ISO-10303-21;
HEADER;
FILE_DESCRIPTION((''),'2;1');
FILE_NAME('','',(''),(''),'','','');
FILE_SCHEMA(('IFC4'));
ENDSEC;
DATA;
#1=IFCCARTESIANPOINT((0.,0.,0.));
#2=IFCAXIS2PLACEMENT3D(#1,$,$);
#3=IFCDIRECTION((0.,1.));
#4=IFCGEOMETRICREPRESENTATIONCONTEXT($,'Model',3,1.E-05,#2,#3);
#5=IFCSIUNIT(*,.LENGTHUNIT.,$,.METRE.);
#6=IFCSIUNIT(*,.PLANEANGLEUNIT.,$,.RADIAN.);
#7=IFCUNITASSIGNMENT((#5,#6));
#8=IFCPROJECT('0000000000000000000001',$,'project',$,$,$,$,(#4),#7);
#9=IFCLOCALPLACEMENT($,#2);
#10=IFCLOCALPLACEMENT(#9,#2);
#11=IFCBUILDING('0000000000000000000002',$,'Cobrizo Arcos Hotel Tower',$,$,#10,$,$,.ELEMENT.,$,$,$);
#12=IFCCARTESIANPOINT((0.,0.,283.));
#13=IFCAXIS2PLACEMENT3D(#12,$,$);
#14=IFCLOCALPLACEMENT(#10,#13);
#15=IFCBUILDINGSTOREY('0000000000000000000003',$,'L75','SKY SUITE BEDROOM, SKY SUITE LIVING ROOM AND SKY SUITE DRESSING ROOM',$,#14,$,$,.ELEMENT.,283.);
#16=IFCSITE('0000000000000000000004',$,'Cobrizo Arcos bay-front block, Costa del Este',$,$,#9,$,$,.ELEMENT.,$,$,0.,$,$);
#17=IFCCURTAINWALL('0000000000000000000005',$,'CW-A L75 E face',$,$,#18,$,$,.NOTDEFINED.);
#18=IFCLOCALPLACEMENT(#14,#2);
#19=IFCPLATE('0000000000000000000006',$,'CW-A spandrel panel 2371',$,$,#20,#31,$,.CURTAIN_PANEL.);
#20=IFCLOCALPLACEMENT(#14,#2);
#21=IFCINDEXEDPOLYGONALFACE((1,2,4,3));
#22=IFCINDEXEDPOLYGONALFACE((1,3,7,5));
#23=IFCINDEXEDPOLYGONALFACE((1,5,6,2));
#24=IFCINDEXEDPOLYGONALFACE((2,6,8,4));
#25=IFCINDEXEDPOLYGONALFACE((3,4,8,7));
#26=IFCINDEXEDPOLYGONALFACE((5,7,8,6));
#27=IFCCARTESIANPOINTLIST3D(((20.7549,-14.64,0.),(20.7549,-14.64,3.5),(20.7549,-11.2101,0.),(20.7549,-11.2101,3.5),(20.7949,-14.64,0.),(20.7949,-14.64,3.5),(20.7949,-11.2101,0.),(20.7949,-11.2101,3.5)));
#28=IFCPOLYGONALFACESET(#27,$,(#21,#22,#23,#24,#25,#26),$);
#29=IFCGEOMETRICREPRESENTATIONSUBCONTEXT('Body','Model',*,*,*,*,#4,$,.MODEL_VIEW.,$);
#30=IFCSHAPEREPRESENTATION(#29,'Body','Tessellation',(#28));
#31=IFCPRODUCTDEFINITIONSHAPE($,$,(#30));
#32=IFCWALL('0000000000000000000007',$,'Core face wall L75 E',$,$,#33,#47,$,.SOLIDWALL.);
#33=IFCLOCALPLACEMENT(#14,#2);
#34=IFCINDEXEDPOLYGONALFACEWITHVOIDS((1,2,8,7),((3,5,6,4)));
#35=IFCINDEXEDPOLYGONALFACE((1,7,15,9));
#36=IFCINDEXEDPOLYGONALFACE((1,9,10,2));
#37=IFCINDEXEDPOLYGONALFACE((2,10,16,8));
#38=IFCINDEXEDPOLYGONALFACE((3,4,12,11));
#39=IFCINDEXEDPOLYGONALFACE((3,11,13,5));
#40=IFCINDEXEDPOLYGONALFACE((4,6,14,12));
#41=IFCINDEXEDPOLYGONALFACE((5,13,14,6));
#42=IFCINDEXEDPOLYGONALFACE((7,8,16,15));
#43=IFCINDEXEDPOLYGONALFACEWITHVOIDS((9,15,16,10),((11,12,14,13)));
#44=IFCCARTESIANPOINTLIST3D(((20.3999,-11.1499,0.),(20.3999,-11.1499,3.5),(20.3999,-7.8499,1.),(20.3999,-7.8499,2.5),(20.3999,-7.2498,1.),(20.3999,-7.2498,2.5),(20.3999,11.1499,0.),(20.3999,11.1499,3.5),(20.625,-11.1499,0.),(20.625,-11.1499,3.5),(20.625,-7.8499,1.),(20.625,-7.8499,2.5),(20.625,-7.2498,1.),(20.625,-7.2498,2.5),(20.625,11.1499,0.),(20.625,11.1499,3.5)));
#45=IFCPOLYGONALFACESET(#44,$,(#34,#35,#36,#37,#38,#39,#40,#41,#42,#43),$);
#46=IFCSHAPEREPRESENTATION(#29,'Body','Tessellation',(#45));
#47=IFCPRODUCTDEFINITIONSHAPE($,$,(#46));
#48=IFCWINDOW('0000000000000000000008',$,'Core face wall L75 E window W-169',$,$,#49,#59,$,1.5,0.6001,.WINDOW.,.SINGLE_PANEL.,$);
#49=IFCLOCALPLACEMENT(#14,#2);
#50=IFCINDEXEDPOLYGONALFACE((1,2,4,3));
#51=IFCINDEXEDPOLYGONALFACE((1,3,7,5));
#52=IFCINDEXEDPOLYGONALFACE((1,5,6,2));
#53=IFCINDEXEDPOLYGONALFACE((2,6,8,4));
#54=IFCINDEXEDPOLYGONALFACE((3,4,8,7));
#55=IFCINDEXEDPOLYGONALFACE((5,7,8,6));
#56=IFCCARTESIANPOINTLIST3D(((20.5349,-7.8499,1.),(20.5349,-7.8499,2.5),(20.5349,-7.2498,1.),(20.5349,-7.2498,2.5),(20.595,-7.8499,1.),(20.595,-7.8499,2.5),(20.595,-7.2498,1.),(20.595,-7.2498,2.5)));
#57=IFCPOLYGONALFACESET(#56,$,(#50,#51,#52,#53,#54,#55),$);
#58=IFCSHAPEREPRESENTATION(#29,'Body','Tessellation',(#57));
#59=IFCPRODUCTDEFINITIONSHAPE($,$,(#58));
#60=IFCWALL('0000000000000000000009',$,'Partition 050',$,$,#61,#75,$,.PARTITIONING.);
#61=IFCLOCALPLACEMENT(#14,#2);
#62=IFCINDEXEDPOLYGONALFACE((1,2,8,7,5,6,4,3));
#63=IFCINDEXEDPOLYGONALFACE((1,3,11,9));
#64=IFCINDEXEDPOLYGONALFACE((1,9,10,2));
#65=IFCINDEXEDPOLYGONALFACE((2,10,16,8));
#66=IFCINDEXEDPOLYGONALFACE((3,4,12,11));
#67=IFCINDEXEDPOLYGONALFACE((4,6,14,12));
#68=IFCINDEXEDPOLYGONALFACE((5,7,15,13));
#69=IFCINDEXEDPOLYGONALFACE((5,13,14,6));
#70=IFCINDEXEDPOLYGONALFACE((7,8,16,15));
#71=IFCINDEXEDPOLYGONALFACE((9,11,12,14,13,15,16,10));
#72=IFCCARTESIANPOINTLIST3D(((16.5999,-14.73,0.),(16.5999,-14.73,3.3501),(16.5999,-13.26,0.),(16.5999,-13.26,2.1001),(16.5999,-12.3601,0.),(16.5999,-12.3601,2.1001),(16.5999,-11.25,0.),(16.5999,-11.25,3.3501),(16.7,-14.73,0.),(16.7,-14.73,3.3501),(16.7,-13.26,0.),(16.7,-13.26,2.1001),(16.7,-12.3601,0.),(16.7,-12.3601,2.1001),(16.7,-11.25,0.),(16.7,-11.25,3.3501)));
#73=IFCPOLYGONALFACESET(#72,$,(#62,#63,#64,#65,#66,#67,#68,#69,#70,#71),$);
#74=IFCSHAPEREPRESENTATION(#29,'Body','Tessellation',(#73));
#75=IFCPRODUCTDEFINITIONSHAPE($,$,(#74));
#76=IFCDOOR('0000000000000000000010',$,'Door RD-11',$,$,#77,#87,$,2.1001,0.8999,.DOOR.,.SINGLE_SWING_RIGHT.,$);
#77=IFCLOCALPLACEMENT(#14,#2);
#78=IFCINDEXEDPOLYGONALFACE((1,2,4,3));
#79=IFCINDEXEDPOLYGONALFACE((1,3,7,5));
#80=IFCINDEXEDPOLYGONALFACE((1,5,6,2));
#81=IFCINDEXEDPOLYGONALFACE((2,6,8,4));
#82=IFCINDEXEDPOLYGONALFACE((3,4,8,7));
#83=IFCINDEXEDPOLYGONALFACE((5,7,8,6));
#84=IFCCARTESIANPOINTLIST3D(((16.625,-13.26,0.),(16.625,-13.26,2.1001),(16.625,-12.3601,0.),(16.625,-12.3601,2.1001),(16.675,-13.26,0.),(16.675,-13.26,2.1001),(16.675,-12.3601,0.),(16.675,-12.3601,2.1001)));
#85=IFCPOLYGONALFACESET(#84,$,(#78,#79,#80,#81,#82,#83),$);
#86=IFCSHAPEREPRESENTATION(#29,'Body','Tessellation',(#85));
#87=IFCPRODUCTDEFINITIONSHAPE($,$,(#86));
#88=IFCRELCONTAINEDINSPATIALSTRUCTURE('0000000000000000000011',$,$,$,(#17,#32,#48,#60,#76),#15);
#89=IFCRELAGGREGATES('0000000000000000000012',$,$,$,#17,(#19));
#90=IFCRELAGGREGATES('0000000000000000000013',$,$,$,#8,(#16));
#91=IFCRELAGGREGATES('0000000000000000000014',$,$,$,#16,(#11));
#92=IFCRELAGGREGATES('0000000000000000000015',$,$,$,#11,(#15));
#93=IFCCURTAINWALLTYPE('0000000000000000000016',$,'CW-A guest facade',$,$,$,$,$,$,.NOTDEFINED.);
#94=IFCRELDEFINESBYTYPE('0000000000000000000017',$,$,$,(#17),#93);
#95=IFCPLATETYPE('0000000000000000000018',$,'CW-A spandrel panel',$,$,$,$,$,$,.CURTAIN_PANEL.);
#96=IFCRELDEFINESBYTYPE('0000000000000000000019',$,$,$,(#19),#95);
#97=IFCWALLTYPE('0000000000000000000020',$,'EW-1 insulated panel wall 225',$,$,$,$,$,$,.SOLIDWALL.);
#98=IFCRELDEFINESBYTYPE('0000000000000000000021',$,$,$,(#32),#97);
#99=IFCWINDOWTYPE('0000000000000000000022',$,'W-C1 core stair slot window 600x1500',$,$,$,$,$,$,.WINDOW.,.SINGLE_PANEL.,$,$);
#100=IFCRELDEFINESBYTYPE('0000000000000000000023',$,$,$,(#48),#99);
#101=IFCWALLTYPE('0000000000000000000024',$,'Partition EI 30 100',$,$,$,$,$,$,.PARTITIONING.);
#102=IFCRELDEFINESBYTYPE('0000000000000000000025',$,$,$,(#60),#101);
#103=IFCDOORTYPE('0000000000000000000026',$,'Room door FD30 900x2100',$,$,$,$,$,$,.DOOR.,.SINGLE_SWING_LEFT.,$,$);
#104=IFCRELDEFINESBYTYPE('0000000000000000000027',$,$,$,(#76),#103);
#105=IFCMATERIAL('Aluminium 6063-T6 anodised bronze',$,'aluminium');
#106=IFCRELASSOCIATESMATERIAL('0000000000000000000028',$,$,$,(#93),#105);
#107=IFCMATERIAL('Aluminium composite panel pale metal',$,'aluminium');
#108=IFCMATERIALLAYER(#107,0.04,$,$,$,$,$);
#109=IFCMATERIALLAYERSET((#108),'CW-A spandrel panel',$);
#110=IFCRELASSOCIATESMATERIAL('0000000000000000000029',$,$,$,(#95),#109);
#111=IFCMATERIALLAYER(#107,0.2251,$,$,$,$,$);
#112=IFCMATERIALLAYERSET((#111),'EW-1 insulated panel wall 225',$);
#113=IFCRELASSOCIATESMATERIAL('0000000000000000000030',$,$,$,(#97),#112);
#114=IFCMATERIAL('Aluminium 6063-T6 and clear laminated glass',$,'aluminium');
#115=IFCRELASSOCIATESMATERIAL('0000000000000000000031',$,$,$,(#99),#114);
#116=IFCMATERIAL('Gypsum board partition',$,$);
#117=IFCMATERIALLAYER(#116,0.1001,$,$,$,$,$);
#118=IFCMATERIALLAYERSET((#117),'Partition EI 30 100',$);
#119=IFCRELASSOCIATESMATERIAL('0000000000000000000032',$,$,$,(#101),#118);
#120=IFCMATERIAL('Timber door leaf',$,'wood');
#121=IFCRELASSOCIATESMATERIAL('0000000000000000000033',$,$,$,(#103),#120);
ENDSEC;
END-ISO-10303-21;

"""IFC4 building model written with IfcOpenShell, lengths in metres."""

from ifc_helpers import new_model, si_unit, direction, frame, frame_2d, origin, origin_2d, place, context, subcontext, project, spatial, rectangle, extrude, material, layer, layer_set, type_object, element, fill, aggregate, save


model = new_model("IFC4")

# Units and contexts
model_context = context("Model", 3, precision=1e-05, world=origin(), true_north=direction((0.0, 1.0)))
body_context = subcontext(model_context, "Body", "Model", "MODEL_VIEW")
ifc_project = project(units=[si_unit("LENGTHUNIT", "METRE"), si_unit("PLANEANGLEUNIT", "RADIAN")], contexts=[model_context])

# Site, building, storey
site_placement = place(None, origin())
site = spatial("IfcSite", under=ifc_project, at=site_placement, Name="Cobrizo Arcos bay-front block, Costa del Este", CompositionType="ELEMENT", RefElevation=0.0)
building_placement = place(site_placement, origin())
building = spatial("IfcBuilding", under=site, at=building_placement, Name="Cobrizo Arcos Hotel Tower", CompositionType="ELEMENT")
storey_placement = place(building_placement, frame((0.0, 0.0, 283.0)))
storey = spatial("IfcBuildingStorey", under=building, at=storey_placement, Name="L75", Description="SKY SUITE BEDROOM, SKY SUITE LIVING ROOM AND SKY SUITE DRESSING ROOM", CompositionType="ELEMENT", Elevation=283.0)

# Shared definitions
ifc_material_1 = material(Name="Aluminium 6063-T6 anodised bronze", Category="aluminium")
curtain_wall_type = type_object("IfcCurtainWallType", Name="CW-A guest facade", PredefinedType="NOTDEFINED", material=ifc_material_1)

# Curtain wall
curtain_wall_1_placement = place(storey_placement, origin())
curtain_wall_1 = element("IfcCurtainWall", 1, at=curtain_wall_1_placement, inside=storey, type_object=curtain_wall_type, Name="CW-A L75 E face", PredefinedType="NOTDEFINED")

# Plate
ifc_material_2 = material(Name="Aluminium composite panel pale metal", Category="aluminium")
ifc_layer_1 = layer(ifc_material_2, 0.04)
ifc_layer_set_1 = layer_set([ifc_layer_1], Name="CW-A spandrel panel")
plate_type = type_object("IfcPlateType", Name="CW-A spandrel panel", PredefinedType="CURTAIN_PANEL", material=ifc_layer_set_1)
plate_1_placement = place(storey_placement, frame((20.7749, -12.925, 0.0), z_axis=(0.0, 0.0, 1.0), x_axis=(0.0, 1.0, 0.0)))
plate_1 = element("IfcPlate", 2, at=plate_1_placement, type_object=plate_type, Name="CW-A spandrel panel 2371", PredefinedType="CURTAIN_PANEL", context=body_context, shape_type="SweptSolid", body=[
    extrude(rectangle(XDim=3.4299, YDim=0.04, at=origin_2d()), origin(), (0.0, 0.0, 1.0), 3.5),
])
aggregate(curtain_wall_1, [plate_1])

# Wall, opening, window
ifc_layer_2 = layer(ifc_material_2, 0.2251)
ifc_layer_set_2 = layer_set([ifc_layer_2], Name="EW-1 insulated panel wall 225")
wall_type_1 = type_object("IfcWallType", Name="EW-1 insulated panel wall 225", PredefinedType="SOLIDWALL", material=ifc_layer_set_2)
wall_1_placement = place(storey_placement, frame((20.5125, -11.1499, 0.0), z_axis=(0.0, 0.0, 1.0), x_axis=(0.0, 1.0, 0.0)))
wall_1 = element("IfcWall", 3, at=wall_1_placement, inside=storey, type_object=wall_type_1, Name="Core face wall L75 E", PredefinedType="SOLIDWALL", context=body_context, shape_type="SweptSolid", body=[
    extrude(rectangle(XDim=22.2998, YDim=0.2251, at=frame_2d((11.1499, 0.0))), origin(), (0.0, 0.0, 1.0), 3.5),
])
opening_1_placement = place(wall_1_placement, frame((3.3, 0.0, 1.0)))
opening_1 = element("IfcOpeningElement", 4, at=opening_1_placement, cuts=wall_1, PredefinedType="OPENING", context=body_context, shape_type="SweptSolid", body=[
    extrude(rectangle(XDim=0.6001, YDim=1.5, at=frame_2d((0.3, 0.75))), frame((0.0, 0.1245, 0.0), z_axis=(0.0, -1.0, 0.0), x_axis=(1.0, 0.0, 0.0)), (0.0, 0.0, 1.0), 0.249),
])
ifc_material_3 = material(Name="Aluminium 6063-T6 and clear laminated glass", Category="aluminium")
window_type = type_object("IfcWindowType", Name="W-C1 core stair slot window 600x1500", PartitioningType="SINGLE_PANEL", PredefinedType="WINDOW", material=ifc_material_3)
window_placement = place(opening_1_placement, origin())
window = element("IfcWindow", 5, at=window_placement, inside=storey, type_object=window_type, Name="Core face wall L75 E window W-169", OverallHeight=1.5, OverallWidth=0.6001, PartitioningType="SINGLE_PANEL", PredefinedType="WINDOW", context=body_context, shape_type="SweptSolid", body=[
    extrude(rectangle(XDim=0.6001, YDim=1.5, at=frame_2d((0.3, 0.75))), frame((0.0, -0.0225, 0.0), z_axis=(0.0, -1.0, 0.0), x_axis=(1.0, 0.0, 0.0)), (0.0, 0.0, 1.0), 0.0601),
])
fill(opening_1, window)

# Wall, opening, door
ifc_material_4 = material(Name="Gypsum board partition")
ifc_layer_3 = layer(ifc_material_4, 0.1001)
ifc_layer_set_3 = layer_set([ifc_layer_3], Name="Partition EI 30 100")
wall_type_2 = type_object("IfcWallType", Name="Partition EI 30 100", PredefinedType="PARTITIONING", material=ifc_layer_set_3)
wall_2_placement = place(storey_placement, frame((16.6499, -14.73, 0.0), z_axis=(0.0, 0.0, 1.0), x_axis=(0.0, 1.0, 0.0)))
wall_2 = element("IfcWall", 6, at=wall_2_placement, inside=storey, type_object=wall_type_2, Name="Partition 050", PredefinedType="PARTITIONING", context=body_context, shape_type="SweptSolid", body=[
    extrude(rectangle(XDim=3.48, YDim=0.1001, at=frame_2d((1.74, 0.0))), origin(), (0.0, 0.0, 1.0), 3.3501),
])
opening_2_placement = place(wall_2_placement, frame((1.47, 0.0, 0.0)))
opening_2 = element("IfcOpeningElement", 7, at=opening_2_placement, cuts=wall_2, PredefinedType="OPENING", context=body_context, shape_type="SweptSolid", body=[
    extrude(rectangle(XDim=0.8999, YDim=2.1001, at=frame_2d((0.45, 1.05))), frame((0.0, 0.062, 0.0), z_axis=(0.0, -1.0, 0.0), x_axis=(1.0, 0.0, 0.0)), (0.0, 0.0, 1.0), 0.124),
])
ifc_material_5 = material(Name="Timber door leaf", Category="wood")
door_type_1 = type_object("IfcDoorType", Name="Room door FD30 900x2100", OperationType="SINGLE_SWING_LEFT", PredefinedType="DOOR", material=ifc_material_5)
door_1_placement = place(opening_2_placement, origin())
door_1 = element("IfcDoor", 8, at=door_1_placement, inside=storey, type_object=door_type_1, Name="Door RD-11", OperationType="SINGLE_SWING_RIGHT", OverallHeight=2.1001, OverallWidth=0.8999, PredefinedType="DOOR", context=body_context, shape_type="SweptSolid", body=[
    extrude(rectangle(XDim=0.8999, YDim=2.1001, at=frame_2d((0.45, 1.05))), frame((0.0, 0.0249, 0.0), z_axis=(0.0, -1.0, 0.0), x_axis=(1.0, 0.0, 0.0)), (0.0, 0.0, 1.0), 0.05),
])
fill(opening_2, door_1)

save(model, "model.ifc")
